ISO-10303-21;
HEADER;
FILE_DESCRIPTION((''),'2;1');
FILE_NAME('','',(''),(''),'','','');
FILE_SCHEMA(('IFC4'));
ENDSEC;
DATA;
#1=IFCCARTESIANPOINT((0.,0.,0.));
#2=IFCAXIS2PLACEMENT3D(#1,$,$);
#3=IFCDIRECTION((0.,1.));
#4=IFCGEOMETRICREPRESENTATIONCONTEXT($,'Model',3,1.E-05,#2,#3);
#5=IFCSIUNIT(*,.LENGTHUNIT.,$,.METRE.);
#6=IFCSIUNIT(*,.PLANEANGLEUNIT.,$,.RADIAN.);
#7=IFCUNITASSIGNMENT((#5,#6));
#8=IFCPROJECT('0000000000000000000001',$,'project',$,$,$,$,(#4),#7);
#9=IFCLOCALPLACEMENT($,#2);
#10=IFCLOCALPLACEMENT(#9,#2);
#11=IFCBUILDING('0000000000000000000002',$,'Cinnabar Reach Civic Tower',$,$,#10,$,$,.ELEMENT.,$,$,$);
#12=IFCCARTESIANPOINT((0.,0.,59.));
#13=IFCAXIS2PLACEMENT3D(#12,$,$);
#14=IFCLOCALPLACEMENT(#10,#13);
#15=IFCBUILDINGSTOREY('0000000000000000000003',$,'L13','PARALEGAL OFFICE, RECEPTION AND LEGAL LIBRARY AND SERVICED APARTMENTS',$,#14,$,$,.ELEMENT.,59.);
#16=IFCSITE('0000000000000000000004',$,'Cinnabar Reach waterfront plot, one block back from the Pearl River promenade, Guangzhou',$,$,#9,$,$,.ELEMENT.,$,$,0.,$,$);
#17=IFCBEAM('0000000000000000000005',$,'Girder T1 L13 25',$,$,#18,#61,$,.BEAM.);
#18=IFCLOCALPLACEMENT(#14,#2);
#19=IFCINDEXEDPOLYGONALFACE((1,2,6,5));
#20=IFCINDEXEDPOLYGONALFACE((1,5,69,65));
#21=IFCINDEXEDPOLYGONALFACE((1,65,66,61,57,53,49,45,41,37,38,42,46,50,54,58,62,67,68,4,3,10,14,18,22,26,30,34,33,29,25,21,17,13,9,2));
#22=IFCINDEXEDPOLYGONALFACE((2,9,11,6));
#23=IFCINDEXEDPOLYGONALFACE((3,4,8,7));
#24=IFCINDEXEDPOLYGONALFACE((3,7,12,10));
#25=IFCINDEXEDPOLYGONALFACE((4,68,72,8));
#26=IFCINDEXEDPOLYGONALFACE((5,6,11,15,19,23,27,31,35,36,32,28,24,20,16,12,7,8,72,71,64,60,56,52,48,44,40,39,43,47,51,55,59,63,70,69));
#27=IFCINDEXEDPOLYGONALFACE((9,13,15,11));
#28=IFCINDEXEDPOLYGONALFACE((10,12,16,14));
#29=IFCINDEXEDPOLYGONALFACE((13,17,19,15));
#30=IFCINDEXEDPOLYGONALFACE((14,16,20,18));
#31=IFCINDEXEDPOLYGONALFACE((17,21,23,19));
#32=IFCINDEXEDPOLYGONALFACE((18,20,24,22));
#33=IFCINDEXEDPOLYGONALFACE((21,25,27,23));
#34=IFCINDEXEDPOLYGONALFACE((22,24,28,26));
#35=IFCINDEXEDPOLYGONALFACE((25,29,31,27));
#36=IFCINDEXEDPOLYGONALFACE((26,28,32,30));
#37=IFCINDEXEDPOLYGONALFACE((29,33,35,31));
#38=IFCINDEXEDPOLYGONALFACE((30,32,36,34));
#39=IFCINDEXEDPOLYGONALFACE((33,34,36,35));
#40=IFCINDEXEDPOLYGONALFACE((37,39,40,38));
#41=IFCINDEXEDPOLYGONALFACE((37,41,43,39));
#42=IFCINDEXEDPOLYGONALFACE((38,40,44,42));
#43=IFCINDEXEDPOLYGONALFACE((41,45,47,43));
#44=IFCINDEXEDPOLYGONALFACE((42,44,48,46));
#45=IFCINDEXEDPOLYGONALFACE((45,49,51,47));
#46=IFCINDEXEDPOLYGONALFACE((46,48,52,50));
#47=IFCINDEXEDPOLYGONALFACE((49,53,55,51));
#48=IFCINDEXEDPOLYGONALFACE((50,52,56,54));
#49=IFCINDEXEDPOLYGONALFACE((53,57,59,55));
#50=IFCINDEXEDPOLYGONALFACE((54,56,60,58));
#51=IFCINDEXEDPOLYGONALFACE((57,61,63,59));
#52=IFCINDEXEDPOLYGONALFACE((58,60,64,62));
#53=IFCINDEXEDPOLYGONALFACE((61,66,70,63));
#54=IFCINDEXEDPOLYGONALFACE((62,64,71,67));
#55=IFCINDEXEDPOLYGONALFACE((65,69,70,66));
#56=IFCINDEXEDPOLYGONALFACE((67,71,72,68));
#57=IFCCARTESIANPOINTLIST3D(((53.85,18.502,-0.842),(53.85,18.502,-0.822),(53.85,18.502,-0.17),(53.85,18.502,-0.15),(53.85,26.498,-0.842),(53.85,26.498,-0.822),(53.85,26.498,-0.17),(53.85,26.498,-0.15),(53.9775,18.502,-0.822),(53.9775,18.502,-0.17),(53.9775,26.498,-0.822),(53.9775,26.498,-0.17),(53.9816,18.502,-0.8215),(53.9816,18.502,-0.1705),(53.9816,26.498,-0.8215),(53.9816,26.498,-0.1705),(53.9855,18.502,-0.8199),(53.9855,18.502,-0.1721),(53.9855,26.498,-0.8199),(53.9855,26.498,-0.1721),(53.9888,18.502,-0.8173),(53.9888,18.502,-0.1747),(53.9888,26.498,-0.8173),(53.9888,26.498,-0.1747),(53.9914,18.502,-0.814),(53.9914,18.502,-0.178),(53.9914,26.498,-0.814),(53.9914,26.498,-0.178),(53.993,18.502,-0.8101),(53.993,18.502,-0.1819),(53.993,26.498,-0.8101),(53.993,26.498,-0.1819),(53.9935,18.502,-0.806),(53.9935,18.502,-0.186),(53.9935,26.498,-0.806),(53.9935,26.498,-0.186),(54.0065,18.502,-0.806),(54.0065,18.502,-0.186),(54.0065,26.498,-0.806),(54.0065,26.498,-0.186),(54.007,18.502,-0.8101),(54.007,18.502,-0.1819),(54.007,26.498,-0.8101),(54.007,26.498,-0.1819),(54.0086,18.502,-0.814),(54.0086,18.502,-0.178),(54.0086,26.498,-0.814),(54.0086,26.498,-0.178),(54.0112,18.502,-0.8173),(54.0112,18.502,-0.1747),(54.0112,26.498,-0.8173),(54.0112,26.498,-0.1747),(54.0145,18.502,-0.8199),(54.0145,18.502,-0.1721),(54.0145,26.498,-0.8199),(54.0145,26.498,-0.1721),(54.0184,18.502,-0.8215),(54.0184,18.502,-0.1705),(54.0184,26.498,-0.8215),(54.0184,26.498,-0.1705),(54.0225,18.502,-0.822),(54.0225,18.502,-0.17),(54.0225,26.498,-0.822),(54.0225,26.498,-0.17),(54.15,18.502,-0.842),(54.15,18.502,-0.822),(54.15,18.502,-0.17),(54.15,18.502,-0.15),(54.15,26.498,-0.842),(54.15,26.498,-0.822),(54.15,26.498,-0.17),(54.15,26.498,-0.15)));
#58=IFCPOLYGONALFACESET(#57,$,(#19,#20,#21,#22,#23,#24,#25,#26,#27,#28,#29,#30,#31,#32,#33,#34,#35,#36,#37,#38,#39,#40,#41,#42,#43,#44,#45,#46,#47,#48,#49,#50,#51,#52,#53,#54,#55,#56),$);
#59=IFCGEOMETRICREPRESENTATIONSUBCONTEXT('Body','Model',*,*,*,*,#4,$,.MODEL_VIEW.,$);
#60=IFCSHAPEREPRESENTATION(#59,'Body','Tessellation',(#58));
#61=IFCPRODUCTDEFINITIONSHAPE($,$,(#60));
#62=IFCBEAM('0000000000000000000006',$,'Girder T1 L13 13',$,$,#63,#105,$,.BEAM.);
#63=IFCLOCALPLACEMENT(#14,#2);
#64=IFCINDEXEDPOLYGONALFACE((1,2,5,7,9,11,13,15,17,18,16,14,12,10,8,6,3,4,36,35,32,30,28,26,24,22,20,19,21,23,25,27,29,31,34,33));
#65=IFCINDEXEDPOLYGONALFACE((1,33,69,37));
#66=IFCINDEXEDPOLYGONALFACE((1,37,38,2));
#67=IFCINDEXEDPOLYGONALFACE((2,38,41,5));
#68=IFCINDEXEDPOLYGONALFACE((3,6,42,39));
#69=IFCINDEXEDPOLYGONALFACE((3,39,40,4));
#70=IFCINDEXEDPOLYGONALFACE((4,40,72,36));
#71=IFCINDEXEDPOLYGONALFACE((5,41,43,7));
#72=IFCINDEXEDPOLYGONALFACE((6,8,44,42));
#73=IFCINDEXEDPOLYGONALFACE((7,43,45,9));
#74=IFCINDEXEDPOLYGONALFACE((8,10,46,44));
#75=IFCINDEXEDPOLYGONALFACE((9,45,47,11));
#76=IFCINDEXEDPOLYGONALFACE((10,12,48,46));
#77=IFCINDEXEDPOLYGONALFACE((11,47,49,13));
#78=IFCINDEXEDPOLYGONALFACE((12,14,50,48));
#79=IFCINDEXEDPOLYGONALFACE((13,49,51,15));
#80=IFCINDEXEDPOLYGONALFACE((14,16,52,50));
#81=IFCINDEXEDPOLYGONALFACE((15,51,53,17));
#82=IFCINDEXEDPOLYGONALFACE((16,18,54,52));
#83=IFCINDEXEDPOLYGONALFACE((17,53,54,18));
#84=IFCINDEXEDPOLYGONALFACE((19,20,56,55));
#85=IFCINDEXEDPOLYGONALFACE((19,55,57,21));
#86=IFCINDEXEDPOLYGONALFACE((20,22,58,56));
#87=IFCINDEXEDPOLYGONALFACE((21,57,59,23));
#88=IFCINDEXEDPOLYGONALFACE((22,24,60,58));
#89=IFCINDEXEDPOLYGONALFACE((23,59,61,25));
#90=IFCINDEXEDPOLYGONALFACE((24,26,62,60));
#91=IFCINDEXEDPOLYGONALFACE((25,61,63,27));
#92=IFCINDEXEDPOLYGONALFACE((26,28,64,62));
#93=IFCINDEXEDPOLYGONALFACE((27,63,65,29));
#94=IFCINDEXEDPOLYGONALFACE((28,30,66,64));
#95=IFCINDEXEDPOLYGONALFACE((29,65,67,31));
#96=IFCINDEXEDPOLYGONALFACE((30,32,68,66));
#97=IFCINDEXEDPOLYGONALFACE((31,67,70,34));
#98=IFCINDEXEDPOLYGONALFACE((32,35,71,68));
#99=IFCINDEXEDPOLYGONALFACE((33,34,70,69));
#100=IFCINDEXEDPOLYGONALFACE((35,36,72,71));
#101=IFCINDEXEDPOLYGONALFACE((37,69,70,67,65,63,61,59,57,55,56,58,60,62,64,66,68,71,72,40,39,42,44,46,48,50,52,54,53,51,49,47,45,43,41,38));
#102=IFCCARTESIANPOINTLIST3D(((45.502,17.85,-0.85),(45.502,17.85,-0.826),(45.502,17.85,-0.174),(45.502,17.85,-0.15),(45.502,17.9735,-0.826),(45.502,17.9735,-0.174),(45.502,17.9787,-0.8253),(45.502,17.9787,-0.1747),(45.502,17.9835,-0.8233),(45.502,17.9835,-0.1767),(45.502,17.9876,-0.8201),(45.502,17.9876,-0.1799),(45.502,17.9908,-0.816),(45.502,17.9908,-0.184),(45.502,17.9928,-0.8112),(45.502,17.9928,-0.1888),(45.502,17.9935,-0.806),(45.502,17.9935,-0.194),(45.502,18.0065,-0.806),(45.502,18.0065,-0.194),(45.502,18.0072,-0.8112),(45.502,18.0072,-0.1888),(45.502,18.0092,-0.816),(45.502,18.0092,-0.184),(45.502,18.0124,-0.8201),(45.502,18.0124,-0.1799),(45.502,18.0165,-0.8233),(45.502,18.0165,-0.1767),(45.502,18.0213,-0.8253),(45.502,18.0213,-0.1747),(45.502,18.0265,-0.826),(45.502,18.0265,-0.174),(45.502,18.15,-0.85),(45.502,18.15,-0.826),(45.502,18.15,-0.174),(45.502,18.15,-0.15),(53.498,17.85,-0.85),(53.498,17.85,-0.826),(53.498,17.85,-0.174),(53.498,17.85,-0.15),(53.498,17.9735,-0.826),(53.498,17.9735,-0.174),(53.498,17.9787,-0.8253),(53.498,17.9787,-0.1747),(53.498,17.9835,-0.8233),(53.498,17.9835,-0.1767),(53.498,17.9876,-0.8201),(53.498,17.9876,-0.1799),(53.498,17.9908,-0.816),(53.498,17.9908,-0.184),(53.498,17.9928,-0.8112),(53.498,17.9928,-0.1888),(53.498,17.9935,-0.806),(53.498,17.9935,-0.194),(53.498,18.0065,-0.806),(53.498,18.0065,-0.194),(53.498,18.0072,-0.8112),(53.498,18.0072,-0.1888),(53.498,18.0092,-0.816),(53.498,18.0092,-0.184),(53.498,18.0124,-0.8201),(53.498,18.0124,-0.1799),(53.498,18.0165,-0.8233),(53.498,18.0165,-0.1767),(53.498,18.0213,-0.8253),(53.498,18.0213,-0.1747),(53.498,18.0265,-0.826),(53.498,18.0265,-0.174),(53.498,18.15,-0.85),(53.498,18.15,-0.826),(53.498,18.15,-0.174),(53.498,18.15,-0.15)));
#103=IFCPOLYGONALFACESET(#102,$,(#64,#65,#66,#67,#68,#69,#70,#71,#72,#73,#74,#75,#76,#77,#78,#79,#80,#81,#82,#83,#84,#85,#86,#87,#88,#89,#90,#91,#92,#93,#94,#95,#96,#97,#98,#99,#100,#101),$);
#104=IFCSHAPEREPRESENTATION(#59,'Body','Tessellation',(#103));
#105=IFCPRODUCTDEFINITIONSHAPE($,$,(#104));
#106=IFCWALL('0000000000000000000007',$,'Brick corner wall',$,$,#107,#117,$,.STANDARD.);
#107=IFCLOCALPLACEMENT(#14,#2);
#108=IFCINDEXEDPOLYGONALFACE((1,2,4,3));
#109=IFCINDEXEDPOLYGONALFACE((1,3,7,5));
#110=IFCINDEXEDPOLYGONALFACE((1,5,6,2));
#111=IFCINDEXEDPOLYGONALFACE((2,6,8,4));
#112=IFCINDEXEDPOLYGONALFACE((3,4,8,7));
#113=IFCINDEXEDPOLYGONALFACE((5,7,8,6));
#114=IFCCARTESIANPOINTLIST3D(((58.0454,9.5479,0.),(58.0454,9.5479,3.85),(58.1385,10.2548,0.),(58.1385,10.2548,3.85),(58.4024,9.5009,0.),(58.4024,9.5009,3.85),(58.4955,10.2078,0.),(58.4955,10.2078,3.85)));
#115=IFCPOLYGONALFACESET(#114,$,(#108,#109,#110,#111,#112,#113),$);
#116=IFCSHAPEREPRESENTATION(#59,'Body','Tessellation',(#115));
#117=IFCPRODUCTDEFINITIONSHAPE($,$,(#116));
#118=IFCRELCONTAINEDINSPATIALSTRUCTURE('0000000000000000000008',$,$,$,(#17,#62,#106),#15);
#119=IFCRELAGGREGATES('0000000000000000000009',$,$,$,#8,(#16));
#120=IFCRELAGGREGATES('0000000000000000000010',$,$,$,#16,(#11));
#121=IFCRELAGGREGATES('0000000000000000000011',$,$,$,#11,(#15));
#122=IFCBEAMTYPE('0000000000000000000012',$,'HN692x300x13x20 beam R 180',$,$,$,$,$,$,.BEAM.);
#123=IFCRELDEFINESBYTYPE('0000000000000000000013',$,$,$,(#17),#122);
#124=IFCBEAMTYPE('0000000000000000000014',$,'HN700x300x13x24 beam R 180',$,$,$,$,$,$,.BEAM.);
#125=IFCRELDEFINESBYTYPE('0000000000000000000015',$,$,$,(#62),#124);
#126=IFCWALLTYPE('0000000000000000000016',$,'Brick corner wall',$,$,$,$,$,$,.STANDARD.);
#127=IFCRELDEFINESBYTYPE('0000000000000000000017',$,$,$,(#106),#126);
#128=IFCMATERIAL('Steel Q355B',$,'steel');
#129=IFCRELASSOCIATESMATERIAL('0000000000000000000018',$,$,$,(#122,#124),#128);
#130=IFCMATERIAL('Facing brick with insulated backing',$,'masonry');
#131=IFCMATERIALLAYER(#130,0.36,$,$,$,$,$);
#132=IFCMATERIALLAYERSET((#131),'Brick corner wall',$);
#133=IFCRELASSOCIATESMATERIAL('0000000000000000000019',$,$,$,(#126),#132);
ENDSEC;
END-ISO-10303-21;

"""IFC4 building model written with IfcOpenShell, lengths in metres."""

from ifc_helpers import new_model, si_unit, direction, frame, frame_2d, origin, origin_2d, place, context, subcontext, project, spatial, rectangle, i_section, extrude, material, layer, layer_set, material_profile, profile_set, type_object, element, save


model = new_model("IFC4")

# Units and contexts
model_context = context("Model", 3, precision=1e-05, world=origin(), true_north=direction((0.0, 1.0)))
body_context = subcontext(model_context, "Body", "Model", "MODEL_VIEW")
ifc_project = project(units=[si_unit("LENGTHUNIT", "METRE"), si_unit("PLANEANGLEUNIT", "RADIAN")], contexts=[model_context])

# Site, building, storey
site_placement = place(None, origin())
site = spatial("IfcSite", under=ifc_project, at=site_placement, Name="Cinnabar Reach waterfront plot, one block back from the Pearl River promenade, Guangzhou", CompositionType="ELEMENT", RefElevation=0.0)
building_placement = place(site_placement, origin())
building = spatial("IfcBuilding", under=site, at=building_placement, Name="Cinnabar Reach Civic Tower", CompositionType="ELEMENT")
storey_placement = place(building_placement, frame((0.0, 0.0, 59.0)))
storey = spatial("IfcBuildingStorey", under=building, at=storey_placement, Name="L13", Description="PARALEGAL OFFICE, RECEPTION AND LEGAL LIBRARY AND SERVICED APARTMENTS", CompositionType="ELEMENT", Elevation=59.0)

# Beams
ifc_material_1 = material(Name="Steel Q355B", Category="steel")
ifc_material_profile_1 = material_profile(ifc_material_1, i_section(OverallWidth=0.3, OverallDepth=0.692, WebThickness=0.013, FlangeThickness=0.02, FilletRadius=0.016, at=origin_2d()), Name="HN692x300x13x20")
ifc_profile_set_1 = profile_set([ifc_material_profile_1], Name="Steel Q355B")
beam_type_1 = type_object("IfcBeamType", Name="HN692x300x13x20 beam R 180", PredefinedType="BEAM", material=ifc_profile_set_1)
for number, where, z_axis, x_axis, name in (
    (1, (54.0, 18.502, -0.496), (0.0, 1.0, 0.0), (-1.0, 0.0, 0.0), "Girder T1 L13 25"),
):
    element("IfcBeam", number, at=place(storey_placement, frame(where, z_axis=z_axis, x_axis=x_axis)), inside=storey, type_object=beam_type_1, Name=name, PredefinedType="BEAM", context=body_context, shape_type="SweptSolid", body=[
        extrude(i_section(OverallWidth=0.3, OverallDepth=0.692, WebThickness=0.013, FlangeThickness=0.02, FilletRadius=0.016, at=origin_2d()), origin(), (0.0, 0.0, 1.0), 7.996),
    ])
ifc_material_profile_2 = material_profile(ifc_material_1, i_section(OverallWidth=0.3, OverallDepth=0.7, WebThickness=0.013, FlangeThickness=0.024, FilletRadius=0.02, at=origin_2d()), Name="HN700x300x13x24")
ifc_profile_set_2 = profile_set([ifc_material_profile_2], Name="Steel Q355B")
beam_type_2 = type_object("IfcBeamType", Name="HN700x300x13x24 beam R 180", PredefinedType="BEAM", material=ifc_profile_set_2)
beam_1_placement = place(storey_placement, frame((45.502, 18.0, -0.5), z_axis=(1.0, 0.0, 0.0), x_axis=(0.0, 1.0, 0.0)))
element("IfcBeam", 2, at=beam_1_placement, inside=storey, type_object=beam_type_2, Name="Girder T1 L13 13", PredefinedType="BEAM", context=body_context, shape_type="SweptSolid", body=[
    extrude(i_section(OverallWidth=0.3, OverallDepth=0.7, WebThickness=0.013, FlangeThickness=0.024, FilletRadius=0.02, at=origin_2d()), origin(), (0.0, 0.0, 1.0), 7.996),
])

# Wall
ifc_material_2 = material(Name="Facing brick with insulated backing", Category="masonry")
ifc_layer_1 = layer(ifc_material_2, 0.36)
ifc_layer_set_1 = layer_set([ifc_layer_1], Name="Brick corner wall")
wall_type_1 = type_object("IfcWallType", Name="Brick corner wall", PredefinedType="STANDARD", material=ifc_layer_set_1)
wall_1_placement = place(storey_placement, frame((58.2239, 9.5244, 0.0), z_axis=(0.0, 0.0, 1.0), x_axis=(0.130556, 0.991441, 0.0)))
element("IfcWall", 3, at=wall_1_placement, inside=storey, type_object=wall_type_1, Name="Brick corner wall", PredefinedType="STANDARD", context=body_context, shape_type="SweptSolid", body=[
    extrude(rectangle(XDim=0.7131, YDim=0.36, at=frame_2d((0.3565, 0.0))), origin(), (0.0, 0.0, 1.0), 3.85),
])

save(model, "model.ifc")
